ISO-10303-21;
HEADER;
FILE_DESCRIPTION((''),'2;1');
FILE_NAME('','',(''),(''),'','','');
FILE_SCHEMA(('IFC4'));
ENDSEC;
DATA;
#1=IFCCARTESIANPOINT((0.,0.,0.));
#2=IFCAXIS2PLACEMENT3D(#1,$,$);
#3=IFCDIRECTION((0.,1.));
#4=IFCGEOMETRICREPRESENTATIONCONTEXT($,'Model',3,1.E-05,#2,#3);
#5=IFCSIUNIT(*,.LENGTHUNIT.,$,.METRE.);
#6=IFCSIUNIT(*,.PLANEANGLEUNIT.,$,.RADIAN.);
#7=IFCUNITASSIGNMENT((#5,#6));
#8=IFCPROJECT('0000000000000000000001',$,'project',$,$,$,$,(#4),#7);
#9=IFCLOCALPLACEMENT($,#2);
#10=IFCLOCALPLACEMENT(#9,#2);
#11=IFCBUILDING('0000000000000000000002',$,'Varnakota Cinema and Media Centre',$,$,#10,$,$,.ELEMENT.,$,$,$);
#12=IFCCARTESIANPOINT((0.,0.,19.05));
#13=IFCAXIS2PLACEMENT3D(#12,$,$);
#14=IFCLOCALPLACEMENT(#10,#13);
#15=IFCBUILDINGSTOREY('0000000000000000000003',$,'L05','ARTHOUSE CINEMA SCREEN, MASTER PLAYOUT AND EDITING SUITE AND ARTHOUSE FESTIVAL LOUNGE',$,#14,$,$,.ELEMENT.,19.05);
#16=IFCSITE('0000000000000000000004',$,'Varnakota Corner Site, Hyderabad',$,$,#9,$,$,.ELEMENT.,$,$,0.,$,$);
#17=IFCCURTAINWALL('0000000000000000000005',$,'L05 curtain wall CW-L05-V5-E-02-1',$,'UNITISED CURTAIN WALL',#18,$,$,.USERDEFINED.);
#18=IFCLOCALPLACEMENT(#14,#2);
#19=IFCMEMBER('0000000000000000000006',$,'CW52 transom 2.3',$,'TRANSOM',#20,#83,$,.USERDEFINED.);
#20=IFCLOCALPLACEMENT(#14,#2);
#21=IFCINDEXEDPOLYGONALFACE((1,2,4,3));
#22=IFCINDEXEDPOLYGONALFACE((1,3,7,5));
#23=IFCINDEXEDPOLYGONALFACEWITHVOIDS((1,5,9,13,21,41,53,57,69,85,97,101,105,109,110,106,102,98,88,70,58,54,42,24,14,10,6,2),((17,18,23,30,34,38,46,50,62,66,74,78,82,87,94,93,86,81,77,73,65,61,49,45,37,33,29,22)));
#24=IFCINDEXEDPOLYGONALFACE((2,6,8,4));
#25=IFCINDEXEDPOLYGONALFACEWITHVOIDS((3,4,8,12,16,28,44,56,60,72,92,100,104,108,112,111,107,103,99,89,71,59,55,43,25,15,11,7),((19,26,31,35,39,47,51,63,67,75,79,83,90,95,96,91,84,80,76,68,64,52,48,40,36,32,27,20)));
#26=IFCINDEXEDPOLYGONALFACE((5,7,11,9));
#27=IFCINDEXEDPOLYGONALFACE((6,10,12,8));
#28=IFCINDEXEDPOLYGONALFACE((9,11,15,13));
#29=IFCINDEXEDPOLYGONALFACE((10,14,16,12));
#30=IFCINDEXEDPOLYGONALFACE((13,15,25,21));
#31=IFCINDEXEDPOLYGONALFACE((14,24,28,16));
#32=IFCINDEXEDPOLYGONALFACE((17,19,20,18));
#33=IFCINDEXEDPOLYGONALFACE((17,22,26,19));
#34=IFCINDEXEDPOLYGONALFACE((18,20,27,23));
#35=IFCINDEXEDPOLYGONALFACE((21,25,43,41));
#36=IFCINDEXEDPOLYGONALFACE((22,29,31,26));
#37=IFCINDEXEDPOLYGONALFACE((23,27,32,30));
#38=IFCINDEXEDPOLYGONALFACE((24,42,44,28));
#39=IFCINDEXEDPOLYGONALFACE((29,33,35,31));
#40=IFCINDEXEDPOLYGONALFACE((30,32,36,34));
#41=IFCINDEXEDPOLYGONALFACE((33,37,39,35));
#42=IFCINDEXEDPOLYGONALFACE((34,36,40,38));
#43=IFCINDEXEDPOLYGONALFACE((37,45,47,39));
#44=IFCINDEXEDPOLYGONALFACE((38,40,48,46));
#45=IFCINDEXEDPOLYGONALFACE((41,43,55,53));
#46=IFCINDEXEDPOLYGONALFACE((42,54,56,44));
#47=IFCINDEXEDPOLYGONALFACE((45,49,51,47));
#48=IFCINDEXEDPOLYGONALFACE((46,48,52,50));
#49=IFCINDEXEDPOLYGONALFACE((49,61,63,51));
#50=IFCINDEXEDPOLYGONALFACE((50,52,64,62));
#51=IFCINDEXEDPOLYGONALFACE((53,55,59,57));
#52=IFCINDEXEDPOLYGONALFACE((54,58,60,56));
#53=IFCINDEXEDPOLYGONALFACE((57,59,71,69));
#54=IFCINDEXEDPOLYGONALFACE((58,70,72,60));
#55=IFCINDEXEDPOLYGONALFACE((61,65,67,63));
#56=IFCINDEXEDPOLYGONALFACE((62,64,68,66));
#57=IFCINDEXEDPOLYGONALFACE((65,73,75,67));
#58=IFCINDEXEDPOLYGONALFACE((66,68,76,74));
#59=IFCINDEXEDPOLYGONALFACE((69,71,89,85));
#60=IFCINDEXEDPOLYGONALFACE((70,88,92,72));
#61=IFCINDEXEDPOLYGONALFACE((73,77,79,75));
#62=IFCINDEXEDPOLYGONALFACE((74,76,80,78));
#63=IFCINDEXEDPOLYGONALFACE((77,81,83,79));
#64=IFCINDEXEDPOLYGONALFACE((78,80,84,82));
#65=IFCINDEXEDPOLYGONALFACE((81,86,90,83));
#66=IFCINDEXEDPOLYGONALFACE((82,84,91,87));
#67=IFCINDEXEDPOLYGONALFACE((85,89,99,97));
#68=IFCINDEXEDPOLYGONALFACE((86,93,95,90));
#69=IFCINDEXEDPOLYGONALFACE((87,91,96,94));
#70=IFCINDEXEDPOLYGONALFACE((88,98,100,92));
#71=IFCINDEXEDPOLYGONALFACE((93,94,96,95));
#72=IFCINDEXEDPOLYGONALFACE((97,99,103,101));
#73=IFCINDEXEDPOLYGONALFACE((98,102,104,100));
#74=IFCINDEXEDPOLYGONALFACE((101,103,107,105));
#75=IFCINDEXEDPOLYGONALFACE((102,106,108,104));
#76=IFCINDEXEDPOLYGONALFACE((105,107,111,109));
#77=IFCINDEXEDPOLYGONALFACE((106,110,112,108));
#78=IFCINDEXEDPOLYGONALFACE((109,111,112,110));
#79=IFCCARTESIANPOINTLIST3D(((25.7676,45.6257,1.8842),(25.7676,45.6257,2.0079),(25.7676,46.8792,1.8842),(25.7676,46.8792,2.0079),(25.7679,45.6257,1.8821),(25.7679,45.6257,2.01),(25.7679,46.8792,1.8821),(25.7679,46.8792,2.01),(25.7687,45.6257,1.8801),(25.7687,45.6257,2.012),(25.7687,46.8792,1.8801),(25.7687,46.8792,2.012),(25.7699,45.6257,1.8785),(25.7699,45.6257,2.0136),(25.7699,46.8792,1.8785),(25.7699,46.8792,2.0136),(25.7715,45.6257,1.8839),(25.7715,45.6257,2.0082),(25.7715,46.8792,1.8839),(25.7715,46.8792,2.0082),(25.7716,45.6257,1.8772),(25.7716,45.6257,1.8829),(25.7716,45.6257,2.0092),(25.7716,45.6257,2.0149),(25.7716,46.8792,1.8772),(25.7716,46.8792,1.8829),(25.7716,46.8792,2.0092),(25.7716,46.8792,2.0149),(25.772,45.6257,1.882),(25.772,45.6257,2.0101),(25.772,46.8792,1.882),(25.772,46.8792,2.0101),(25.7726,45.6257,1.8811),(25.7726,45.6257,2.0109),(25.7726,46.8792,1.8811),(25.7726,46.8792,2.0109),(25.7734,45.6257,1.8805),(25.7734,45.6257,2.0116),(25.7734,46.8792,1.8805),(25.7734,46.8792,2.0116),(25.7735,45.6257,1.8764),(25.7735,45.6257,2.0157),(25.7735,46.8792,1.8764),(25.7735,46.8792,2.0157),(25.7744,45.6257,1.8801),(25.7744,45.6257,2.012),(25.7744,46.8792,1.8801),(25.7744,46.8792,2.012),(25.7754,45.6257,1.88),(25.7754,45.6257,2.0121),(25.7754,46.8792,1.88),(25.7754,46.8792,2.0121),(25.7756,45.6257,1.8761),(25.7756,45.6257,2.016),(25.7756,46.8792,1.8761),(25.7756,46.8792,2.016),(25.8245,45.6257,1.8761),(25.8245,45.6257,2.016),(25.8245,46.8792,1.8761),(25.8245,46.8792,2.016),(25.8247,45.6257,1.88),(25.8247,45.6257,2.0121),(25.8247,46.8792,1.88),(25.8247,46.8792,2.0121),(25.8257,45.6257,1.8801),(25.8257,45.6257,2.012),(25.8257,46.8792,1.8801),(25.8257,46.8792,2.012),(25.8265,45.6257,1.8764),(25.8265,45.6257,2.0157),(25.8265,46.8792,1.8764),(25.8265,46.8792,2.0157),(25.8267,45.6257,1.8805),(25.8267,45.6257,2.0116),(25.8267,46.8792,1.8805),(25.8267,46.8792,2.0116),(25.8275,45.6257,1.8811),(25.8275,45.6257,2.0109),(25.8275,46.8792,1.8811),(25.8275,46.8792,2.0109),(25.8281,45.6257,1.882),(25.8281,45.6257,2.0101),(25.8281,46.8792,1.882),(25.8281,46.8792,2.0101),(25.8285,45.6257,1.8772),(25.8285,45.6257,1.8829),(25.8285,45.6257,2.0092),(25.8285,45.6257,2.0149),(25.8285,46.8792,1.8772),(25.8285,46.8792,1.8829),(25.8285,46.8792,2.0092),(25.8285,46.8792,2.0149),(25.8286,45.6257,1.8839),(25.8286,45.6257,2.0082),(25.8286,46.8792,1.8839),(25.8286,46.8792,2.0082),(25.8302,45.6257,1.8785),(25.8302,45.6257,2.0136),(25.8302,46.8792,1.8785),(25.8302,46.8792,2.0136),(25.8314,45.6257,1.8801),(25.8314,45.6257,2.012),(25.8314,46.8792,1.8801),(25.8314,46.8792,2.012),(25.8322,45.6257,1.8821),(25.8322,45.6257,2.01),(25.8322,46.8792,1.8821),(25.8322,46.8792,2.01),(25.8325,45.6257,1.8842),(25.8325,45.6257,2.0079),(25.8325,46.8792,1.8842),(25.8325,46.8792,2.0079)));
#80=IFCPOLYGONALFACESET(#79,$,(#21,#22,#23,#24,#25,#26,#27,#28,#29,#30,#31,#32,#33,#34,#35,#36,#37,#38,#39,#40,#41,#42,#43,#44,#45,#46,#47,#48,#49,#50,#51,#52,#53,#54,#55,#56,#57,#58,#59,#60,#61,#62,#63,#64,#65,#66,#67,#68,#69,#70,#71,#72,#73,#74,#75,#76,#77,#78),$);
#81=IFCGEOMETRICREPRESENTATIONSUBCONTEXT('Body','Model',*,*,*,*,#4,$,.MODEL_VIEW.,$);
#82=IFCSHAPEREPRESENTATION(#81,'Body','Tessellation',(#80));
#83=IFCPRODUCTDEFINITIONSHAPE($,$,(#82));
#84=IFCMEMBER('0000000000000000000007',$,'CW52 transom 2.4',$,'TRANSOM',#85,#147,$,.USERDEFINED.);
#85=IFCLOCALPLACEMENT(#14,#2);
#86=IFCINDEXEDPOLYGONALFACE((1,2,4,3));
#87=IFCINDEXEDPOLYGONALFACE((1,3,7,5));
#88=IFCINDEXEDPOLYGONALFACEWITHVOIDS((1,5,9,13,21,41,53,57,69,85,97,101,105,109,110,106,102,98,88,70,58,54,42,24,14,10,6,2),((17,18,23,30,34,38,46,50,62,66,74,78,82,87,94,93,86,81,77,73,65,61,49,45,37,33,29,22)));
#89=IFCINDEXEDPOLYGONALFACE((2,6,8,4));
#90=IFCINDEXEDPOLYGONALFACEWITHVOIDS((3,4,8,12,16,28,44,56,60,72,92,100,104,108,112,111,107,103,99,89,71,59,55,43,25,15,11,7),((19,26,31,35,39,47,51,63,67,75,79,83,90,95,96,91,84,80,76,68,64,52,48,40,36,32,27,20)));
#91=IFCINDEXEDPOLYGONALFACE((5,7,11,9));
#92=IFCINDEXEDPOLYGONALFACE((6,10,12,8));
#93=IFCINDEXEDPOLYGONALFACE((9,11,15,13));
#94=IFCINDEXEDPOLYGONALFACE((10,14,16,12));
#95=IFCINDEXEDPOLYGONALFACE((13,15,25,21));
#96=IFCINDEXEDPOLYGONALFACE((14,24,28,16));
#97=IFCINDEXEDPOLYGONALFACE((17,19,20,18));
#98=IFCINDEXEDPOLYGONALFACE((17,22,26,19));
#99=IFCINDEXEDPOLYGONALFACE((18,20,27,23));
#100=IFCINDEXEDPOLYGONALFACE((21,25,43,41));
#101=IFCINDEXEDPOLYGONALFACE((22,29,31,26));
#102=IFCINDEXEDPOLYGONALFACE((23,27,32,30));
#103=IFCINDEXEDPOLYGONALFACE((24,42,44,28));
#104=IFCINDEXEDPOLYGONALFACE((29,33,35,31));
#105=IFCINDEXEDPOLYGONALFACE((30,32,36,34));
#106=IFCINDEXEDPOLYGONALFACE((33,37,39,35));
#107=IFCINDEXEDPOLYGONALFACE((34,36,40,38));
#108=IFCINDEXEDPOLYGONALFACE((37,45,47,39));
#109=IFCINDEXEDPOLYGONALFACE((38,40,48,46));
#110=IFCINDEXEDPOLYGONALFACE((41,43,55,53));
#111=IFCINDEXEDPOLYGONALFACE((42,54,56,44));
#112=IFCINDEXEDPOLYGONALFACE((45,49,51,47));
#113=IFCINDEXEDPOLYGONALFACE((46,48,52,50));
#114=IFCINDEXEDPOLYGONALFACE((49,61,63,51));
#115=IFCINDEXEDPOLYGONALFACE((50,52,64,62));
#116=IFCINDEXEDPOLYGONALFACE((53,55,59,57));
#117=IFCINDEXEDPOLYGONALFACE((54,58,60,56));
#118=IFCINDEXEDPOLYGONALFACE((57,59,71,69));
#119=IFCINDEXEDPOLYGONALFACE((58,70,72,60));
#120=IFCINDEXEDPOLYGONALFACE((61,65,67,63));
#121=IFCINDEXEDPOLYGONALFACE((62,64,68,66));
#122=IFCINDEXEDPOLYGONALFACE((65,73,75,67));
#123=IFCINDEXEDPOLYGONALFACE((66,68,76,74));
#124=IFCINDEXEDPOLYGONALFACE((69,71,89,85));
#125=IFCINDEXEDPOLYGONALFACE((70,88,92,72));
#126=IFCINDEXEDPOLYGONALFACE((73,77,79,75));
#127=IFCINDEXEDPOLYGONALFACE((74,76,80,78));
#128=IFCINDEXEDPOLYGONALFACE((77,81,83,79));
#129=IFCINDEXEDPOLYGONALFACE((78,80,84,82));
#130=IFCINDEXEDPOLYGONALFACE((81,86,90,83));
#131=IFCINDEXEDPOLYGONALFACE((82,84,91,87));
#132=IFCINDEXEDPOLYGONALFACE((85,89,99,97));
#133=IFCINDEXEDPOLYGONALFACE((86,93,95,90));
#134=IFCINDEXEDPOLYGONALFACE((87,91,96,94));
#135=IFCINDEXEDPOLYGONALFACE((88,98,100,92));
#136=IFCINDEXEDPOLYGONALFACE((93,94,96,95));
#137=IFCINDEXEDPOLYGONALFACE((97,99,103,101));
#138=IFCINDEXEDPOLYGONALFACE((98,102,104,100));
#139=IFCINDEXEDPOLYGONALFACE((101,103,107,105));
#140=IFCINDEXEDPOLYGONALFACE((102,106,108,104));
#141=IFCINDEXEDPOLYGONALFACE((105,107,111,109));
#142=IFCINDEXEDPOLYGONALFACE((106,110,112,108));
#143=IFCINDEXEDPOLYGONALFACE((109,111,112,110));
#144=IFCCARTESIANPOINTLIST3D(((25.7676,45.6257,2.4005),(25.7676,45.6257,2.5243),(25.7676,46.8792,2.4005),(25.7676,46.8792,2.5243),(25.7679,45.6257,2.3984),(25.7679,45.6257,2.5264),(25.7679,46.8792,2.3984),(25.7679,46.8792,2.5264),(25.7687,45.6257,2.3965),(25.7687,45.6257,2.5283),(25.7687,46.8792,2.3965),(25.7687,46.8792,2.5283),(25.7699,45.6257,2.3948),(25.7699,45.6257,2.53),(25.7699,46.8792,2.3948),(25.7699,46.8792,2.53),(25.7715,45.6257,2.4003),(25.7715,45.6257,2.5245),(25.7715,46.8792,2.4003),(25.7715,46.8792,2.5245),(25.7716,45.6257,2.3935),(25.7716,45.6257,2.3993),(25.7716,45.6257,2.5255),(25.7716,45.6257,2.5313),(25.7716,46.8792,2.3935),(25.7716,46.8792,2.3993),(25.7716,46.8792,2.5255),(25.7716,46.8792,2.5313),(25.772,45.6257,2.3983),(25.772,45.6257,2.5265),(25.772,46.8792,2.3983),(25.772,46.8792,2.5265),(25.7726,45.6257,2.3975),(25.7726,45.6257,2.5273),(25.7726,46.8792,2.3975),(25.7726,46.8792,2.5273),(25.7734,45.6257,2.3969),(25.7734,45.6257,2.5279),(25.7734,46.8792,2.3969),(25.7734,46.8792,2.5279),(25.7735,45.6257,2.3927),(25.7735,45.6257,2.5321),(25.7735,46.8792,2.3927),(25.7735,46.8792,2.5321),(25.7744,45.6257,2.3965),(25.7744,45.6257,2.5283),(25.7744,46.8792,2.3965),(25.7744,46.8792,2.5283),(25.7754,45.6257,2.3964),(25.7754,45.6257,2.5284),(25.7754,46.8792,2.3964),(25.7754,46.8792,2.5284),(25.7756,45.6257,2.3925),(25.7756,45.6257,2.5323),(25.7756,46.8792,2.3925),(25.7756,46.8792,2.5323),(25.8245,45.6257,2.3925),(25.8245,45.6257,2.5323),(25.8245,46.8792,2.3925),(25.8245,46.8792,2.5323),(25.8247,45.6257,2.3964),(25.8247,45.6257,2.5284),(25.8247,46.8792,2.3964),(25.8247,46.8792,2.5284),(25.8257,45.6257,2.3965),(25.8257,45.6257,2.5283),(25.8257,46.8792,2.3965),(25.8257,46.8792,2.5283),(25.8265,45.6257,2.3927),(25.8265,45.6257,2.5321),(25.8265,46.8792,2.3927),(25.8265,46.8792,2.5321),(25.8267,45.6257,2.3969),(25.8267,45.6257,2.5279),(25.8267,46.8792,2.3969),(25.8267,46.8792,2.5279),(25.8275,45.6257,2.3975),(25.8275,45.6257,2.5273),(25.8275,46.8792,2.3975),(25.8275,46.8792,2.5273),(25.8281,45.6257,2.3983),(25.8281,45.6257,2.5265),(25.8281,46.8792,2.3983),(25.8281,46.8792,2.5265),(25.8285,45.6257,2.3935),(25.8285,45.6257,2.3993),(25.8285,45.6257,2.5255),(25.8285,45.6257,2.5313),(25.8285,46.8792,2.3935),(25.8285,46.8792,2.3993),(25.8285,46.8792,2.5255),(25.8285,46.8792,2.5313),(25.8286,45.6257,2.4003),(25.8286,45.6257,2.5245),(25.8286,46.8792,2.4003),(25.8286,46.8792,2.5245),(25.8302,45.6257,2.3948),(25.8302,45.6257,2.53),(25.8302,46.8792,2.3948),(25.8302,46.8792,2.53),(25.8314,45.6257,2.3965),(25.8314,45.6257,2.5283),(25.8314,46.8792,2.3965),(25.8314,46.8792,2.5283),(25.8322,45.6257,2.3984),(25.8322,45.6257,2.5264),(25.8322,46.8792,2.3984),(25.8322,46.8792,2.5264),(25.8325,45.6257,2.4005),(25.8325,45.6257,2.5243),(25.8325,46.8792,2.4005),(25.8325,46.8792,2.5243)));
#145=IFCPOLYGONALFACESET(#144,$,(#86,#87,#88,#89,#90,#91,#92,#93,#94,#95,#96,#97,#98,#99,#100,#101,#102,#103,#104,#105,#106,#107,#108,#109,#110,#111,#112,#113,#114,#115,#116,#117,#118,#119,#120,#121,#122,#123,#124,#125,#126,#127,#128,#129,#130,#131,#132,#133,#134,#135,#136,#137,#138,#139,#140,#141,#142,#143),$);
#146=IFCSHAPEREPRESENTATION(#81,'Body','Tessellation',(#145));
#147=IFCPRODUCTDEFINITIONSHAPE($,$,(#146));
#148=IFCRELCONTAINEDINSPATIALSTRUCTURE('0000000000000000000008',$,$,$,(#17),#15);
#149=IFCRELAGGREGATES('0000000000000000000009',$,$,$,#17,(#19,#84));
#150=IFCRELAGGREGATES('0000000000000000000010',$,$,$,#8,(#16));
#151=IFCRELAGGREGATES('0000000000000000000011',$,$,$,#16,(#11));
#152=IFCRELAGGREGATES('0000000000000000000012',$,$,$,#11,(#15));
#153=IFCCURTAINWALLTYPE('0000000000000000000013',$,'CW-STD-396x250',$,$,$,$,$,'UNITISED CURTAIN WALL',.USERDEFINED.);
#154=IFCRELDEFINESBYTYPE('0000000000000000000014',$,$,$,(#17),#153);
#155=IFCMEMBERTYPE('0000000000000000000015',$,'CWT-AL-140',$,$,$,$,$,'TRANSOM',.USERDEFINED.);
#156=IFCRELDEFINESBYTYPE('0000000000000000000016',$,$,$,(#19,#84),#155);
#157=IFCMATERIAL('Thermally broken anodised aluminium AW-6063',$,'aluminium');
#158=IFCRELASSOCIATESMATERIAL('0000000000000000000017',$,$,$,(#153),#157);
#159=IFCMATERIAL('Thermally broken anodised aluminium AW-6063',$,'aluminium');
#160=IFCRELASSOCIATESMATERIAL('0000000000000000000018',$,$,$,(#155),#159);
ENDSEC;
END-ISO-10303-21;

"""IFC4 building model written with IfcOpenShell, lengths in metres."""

from ifc_helpers import new_model, si_unit, direction, frame, origin, origin_2d, place, context, subcontext, project, spatial, hollow_rectangle, extrude, material, material_profile, profile_set, type_object, element, aggregate, save


model = new_model("IFC4")

# Units and contexts
model_context = context("Model", 3, precision=1e-05, world=origin(), true_north=direction((0.0, 1.0)))
body_context = subcontext(model_context, "Body", "Model", "MODEL_VIEW")
ifc_project = project(units=[si_unit("LENGTHUNIT", "METRE"), si_unit("PLANEANGLEUNIT", "RADIAN")], contexts=[model_context])

# Site, building, storey
site_placement = place(None, origin())
site = spatial("IfcSite", under=ifc_project, at=site_placement, Name="Varnakota Corner Site, Hyderabad", CompositionType="ELEMENT", RefElevation=0.0)
building_placement = place(site_placement, origin())
building = spatial("IfcBuilding", under=site, at=building_placement, Name="Varnakota Cinema and Media Centre", CompositionType="ELEMENT")
storey_placement = place(building_placement, frame((0.0, 0.0, 19.05)))
storey = spatial("IfcBuildingStorey", under=building, at=storey_placement, Name="L05", Description="ARTHOUSE CINEMA SCREEN, MASTER PLAYOUT AND EDITING SUITE AND ARTHOUSE FESTIVAL LOUNGE", CompositionType="ELEMENT", Elevation=19.05)

# Curtain wall, members
ifc_material_1 = material(Name="Thermally broken anodised aluminium AW-6063", Category="aluminium")
curtain_wall_type = type_object("IfcCurtainWallType", Name="CW-STD-396x250", ElementType="UNITISED CURTAIN WALL", PredefinedType="USERDEFINED", material=ifc_material_1)
curtain_wall_placement = place(storey_placement, origin())
curtain_wall = element("IfcCurtainWall", 1, at=curtain_wall_placement, inside=storey, type_object=curtain_wall_type, Name="L05 curtain wall CW-L05-V5-E-02-1", ObjectType="UNITISED CURTAIN WALL", PredefinedType="USERDEFINED")
ifc_material_2 = material(Name="Thermally broken anodised aluminium AW-6063", Category="aluminium")
ifc_material_profile_1 = material_profile(ifc_material_2, hollow_rectangle(XDim=0.0649, YDim=0.1399, WallThickness=0.0039, InnerFilletRadius=0.0039, OuterFilletRadius=0.0081, at=origin_2d()), Name="AL-TRANSOM 140x65x4")
ifc_profile_set_1 = profile_set([ifc_material_profile_1], Name="Thermally broken anodised aluminium AW-6063")
member_type_1 = type_object("IfcMemberType", Name="CWT-AL-140", ElementType="TRANSOM", PredefinedType="USERDEFINED", material=ifc_profile_set_1)
member_1_placement = place(storey_placement, frame((25.8, 45.6257, 1.946), z_axis=(0.0, 1.0, 0.0), x_axis=(-1.0, 0.0, 0.0)))
member_1 = element("IfcMember", 2, at=member_1_placement, type_object=member_type_1, Name="CW52 transom 2.3", ObjectType="TRANSOM", PredefinedType="USERDEFINED", context=body_context, shape_type="SweptSolid", body=[
    extrude(hollow_rectangle(XDim=0.0649, YDim=0.1399, WallThickness=0.0039, InnerFilletRadius=0.0039, OuterFilletRadius=0.0081, at=origin_2d()), origin(), (0.0, 0.0, 1.0), 1.2534),
])
member_2_placement = place(storey_placement, frame((25.8, 45.6257, 2.4624), z_axis=(0.0, 1.0, 0.0), x_axis=(-1.0, 0.0, 0.0)))
member_2 = element("IfcMember", 3, at=member_2_placement, type_object=member_type_1, Name="CW52 transom 2.4", ObjectType="TRANSOM", PredefinedType="USERDEFINED", context=body_context, shape_type="SweptSolid", body=[
    extrude(hollow_rectangle(XDim=0.0649, YDim=0.1399, WallThickness=0.0039, InnerFilletRadius=0.0039, OuterFilletRadius=0.0081, at=origin_2d()), origin(), (0.0, 0.0, 1.0), 1.2534),
])
aggregate(curtain_wall, [member_1, member_2])

save(model, "model.ifc")
